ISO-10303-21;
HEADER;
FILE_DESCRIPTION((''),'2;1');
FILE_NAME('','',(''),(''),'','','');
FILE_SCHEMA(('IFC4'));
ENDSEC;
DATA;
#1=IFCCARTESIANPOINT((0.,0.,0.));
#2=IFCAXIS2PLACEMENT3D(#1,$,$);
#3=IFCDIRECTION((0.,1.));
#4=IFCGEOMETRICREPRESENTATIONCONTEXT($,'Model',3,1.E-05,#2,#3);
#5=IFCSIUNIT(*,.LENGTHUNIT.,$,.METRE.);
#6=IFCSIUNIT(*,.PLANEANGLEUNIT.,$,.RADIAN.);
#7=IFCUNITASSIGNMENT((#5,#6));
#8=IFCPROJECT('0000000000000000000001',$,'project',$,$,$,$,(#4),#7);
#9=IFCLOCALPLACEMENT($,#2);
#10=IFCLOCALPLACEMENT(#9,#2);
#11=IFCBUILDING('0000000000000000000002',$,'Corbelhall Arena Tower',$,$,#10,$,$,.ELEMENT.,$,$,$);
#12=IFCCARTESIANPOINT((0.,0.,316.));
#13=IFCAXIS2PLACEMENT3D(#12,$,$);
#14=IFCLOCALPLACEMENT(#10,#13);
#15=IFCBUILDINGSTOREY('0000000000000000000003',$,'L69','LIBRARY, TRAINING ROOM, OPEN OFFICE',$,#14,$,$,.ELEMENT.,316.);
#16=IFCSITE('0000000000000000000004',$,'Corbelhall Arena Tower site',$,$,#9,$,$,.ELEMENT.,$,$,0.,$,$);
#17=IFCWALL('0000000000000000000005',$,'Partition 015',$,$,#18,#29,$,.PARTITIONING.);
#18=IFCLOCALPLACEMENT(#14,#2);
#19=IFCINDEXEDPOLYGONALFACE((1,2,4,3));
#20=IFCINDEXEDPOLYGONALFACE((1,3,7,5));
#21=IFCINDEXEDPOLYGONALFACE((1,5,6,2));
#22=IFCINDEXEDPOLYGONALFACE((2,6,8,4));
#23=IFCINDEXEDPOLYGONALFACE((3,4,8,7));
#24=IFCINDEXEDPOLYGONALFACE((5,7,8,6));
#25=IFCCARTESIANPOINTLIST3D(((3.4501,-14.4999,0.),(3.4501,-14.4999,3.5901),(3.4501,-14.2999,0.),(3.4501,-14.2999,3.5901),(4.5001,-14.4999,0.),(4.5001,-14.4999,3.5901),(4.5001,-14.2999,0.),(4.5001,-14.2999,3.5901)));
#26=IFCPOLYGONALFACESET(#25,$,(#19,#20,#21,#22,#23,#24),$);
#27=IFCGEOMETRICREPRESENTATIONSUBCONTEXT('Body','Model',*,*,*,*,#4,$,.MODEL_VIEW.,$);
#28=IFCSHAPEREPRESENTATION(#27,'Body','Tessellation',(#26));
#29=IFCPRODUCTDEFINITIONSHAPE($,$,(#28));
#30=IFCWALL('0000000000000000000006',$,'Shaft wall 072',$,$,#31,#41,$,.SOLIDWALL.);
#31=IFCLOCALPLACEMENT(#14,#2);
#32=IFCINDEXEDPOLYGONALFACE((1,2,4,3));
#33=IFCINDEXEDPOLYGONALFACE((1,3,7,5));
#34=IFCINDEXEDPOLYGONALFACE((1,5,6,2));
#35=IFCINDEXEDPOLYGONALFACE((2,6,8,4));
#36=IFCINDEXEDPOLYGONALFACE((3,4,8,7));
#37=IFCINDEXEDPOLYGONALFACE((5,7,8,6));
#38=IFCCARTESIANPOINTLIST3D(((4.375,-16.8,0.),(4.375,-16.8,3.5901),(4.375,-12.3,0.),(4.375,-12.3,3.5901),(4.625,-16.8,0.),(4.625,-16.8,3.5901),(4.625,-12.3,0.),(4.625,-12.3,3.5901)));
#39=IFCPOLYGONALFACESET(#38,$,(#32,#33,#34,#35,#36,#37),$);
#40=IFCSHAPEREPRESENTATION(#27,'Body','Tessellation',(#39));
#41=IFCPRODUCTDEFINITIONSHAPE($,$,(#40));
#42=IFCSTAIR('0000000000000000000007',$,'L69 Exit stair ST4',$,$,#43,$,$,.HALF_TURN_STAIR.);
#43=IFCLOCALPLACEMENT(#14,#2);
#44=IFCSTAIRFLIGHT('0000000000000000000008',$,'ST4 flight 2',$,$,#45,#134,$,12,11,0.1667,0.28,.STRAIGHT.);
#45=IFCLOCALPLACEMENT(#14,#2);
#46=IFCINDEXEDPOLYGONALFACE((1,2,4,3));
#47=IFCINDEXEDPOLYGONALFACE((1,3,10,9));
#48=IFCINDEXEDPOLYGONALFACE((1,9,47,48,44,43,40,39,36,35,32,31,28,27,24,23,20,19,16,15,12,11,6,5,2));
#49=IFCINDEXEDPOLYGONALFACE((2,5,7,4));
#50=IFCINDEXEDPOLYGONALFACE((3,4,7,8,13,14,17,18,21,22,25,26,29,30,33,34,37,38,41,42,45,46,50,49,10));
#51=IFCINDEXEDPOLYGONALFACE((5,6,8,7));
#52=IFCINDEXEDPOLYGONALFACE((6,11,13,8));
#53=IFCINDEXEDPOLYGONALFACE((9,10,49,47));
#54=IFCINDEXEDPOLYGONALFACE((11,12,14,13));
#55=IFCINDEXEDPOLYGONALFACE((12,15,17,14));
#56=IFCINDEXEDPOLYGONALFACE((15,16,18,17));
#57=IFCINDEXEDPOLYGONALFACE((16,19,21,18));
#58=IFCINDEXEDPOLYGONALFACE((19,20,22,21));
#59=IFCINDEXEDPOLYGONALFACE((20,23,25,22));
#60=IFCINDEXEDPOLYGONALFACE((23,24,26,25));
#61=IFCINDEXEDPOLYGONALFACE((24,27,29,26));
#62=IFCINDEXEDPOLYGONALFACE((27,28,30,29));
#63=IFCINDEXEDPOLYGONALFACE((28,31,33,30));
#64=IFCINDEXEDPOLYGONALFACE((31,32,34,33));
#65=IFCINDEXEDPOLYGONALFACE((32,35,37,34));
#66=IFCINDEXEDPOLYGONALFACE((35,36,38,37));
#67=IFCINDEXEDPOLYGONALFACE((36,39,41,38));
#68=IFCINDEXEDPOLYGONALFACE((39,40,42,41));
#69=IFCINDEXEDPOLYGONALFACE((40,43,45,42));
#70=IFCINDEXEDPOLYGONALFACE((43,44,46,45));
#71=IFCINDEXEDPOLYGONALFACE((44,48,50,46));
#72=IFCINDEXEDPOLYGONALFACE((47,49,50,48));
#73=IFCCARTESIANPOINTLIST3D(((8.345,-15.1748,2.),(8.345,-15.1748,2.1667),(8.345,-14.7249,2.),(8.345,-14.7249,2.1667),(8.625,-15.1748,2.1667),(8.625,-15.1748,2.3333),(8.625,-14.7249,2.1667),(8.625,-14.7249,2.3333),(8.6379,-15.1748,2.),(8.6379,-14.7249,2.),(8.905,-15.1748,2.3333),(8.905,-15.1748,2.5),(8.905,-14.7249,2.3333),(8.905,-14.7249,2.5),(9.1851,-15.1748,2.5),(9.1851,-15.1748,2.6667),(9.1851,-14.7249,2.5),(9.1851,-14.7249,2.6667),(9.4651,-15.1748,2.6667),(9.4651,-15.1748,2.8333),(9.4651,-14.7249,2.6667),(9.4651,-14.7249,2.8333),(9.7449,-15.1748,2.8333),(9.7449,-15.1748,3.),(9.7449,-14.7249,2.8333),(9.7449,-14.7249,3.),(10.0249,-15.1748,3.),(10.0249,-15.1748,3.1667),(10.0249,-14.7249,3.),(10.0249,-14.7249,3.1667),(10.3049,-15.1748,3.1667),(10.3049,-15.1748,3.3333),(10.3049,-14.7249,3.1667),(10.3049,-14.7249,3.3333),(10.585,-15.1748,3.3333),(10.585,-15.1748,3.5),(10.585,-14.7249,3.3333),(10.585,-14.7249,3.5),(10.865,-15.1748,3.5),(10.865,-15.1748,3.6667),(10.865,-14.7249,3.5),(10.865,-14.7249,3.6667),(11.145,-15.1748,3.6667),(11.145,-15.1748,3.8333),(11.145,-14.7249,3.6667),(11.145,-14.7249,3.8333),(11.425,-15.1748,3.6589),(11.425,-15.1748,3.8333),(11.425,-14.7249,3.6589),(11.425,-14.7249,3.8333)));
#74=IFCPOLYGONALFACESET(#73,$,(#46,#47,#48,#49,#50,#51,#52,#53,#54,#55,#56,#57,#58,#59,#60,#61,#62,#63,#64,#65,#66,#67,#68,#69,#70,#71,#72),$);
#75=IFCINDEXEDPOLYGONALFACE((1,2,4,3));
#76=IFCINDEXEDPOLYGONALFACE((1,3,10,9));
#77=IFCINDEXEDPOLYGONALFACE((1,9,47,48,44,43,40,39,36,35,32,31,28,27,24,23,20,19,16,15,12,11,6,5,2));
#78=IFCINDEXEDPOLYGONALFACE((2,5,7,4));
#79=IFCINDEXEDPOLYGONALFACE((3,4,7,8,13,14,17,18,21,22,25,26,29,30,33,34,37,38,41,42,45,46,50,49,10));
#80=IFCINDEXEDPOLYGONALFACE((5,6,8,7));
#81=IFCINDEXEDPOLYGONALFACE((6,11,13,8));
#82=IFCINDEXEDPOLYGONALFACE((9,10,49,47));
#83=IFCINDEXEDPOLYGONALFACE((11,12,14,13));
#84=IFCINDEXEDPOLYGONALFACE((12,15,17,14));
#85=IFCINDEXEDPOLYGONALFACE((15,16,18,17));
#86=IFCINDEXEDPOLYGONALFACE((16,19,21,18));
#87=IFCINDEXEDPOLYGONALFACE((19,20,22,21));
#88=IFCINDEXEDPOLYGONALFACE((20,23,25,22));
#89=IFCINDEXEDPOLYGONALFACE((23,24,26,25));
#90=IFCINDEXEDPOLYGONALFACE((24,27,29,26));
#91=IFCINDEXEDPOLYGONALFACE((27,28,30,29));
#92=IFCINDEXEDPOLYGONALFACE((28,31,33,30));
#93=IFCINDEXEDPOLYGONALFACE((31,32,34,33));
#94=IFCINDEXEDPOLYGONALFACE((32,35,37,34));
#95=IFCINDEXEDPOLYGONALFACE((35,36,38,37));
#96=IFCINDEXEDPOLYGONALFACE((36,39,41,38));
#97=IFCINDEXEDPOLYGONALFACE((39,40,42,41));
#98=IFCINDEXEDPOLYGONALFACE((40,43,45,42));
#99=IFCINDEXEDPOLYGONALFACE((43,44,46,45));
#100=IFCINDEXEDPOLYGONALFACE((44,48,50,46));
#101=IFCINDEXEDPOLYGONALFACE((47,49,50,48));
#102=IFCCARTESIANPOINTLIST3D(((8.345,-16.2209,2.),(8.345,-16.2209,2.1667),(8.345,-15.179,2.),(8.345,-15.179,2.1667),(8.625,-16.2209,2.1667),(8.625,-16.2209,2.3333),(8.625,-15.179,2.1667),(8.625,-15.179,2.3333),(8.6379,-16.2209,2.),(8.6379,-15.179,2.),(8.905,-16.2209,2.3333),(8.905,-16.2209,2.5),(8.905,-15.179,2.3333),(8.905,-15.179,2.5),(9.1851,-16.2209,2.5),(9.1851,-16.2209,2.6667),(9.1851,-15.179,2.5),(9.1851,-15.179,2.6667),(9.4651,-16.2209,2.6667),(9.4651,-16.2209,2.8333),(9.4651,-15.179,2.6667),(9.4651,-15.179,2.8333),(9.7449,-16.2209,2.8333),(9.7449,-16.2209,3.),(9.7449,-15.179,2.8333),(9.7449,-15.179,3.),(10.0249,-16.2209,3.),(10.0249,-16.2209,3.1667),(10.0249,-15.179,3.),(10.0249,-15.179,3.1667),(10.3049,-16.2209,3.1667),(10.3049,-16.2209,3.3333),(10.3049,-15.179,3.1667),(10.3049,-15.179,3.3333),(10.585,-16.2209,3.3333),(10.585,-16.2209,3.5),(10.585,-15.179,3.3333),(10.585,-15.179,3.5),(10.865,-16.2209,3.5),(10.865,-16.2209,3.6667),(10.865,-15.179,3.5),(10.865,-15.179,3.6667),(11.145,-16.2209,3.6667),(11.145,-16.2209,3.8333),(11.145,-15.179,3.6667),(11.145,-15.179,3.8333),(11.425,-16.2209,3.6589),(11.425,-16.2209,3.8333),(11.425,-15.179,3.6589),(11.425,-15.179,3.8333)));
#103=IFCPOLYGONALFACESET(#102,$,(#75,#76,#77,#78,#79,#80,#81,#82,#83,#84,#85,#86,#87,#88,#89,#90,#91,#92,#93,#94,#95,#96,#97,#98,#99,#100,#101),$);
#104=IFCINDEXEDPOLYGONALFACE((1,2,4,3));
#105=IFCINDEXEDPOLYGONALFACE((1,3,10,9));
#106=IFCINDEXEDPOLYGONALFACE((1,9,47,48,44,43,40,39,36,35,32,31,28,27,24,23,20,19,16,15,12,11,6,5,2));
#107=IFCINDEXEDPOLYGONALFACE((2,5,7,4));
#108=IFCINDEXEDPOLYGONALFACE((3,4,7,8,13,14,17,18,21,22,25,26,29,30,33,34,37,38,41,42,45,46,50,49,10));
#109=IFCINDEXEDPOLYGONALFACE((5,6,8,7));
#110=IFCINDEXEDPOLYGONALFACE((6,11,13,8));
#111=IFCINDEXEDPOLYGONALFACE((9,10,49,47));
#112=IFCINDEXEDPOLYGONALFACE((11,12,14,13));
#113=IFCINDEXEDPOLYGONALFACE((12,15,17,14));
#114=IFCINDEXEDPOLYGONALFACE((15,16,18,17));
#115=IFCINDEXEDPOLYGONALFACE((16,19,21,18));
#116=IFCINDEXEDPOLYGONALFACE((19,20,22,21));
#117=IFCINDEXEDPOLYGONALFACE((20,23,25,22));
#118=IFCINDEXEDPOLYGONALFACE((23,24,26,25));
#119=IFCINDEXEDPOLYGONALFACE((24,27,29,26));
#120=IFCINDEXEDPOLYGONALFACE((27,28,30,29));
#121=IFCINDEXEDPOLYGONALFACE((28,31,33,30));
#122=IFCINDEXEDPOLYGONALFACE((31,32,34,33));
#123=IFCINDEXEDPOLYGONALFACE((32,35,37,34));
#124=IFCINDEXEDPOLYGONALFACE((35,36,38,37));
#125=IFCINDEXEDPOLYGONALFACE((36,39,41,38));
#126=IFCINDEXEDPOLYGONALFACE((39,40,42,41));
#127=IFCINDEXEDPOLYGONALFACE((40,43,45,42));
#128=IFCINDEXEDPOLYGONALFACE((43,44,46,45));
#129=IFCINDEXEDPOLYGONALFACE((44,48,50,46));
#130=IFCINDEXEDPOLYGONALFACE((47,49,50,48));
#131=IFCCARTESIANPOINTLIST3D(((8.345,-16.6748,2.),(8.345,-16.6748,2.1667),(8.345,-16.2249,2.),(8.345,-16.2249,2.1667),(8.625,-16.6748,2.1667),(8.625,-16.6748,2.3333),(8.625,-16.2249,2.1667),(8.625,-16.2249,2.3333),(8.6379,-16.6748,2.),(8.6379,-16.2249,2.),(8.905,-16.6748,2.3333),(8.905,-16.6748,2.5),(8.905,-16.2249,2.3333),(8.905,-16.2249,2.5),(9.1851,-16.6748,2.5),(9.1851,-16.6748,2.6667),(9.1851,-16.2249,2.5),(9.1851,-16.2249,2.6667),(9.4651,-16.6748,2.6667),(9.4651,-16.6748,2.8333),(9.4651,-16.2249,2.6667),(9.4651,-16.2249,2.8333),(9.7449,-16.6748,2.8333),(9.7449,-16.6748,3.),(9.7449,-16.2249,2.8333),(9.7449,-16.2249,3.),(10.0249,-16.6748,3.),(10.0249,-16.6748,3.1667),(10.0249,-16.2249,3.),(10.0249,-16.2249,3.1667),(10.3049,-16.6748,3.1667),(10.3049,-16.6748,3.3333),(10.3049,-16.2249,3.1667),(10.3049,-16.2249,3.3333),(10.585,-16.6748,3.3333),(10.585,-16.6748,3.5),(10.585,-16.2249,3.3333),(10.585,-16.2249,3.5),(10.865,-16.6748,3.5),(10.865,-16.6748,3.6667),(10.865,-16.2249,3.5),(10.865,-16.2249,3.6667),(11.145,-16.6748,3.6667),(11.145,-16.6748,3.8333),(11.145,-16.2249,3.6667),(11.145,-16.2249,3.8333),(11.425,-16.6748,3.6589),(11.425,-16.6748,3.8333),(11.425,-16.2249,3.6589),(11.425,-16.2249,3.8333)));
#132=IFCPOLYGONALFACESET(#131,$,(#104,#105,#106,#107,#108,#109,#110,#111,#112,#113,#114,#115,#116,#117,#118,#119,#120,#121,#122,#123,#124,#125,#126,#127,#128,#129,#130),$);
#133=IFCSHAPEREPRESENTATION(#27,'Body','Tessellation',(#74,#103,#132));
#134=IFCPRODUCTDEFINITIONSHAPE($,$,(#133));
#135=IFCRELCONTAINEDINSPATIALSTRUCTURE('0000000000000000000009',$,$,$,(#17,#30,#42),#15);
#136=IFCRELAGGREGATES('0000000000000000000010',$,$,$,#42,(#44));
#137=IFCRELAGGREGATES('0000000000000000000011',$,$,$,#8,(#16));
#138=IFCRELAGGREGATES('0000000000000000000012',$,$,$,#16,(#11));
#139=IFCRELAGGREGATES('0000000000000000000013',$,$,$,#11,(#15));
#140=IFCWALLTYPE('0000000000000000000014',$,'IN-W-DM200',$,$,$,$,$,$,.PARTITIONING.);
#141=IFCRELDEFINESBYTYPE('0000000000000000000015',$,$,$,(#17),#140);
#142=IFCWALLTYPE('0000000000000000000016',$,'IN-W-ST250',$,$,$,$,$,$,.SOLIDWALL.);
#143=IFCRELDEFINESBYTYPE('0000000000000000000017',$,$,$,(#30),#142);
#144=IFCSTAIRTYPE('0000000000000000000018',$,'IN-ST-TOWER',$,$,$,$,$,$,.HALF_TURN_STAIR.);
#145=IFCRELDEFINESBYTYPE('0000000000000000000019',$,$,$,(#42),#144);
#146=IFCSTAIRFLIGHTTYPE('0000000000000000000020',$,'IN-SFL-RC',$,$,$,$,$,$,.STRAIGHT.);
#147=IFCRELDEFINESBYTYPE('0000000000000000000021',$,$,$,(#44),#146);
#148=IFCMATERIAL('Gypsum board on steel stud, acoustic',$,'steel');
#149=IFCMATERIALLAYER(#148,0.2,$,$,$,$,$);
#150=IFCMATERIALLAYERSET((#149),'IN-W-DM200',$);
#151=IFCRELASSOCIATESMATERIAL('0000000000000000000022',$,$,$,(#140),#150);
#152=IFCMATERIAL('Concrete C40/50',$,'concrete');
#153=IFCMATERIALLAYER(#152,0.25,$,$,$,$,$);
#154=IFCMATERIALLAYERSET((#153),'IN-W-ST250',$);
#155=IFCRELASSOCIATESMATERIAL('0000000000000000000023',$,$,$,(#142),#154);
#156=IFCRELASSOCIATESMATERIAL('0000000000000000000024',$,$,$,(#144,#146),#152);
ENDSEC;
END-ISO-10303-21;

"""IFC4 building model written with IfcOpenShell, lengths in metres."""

from ifc_helpers import new_model, si_unit, direction, frame, frame_2d, origin, place, context, subcontext, project, spatial, polyline, rectangle, outline, extrude, material, layer, layer_set, type_object, element, aggregate, save


model = new_model("IFC4")

# Units and contexts
model_context = context("Model", 3, precision=1e-05, world=origin(), true_north=direction((0.0, 1.0)))
body_context = subcontext(model_context, "Body", "Model", "MODEL_VIEW")
ifc_project = project(units=[si_unit("LENGTHUNIT", "METRE"), si_unit("PLANEANGLEUNIT", "RADIAN")], contexts=[model_context])

# Site, building, storey
site_placement = place(None, origin())
site = spatial("IfcSite", under=ifc_project, at=site_placement, Name="Corbelhall Arena Tower site", CompositionType="ELEMENT", RefElevation=0.0)
building_placement = place(site_placement, origin())
building = spatial("IfcBuilding", under=site, at=building_placement, Name="Corbelhall Arena Tower", CompositionType="ELEMENT")
storey_placement = place(building_placement, frame((0.0, 0.0, 316.0)))
storey = spatial("IfcBuildingStorey", under=building, at=storey_placement, Name="L69", Description="LIBRARY, TRAINING ROOM, OPEN OFFICE", CompositionType="ELEMENT", Elevation=316.0)

# Walls
ifc_material_1 = material(Name="Gypsum board on steel stud, acoustic", Category="steel")
ifc_layer_1 = layer(ifc_material_1, 0.2)
ifc_layer_set_1 = layer_set([ifc_layer_1], Name="IN-W-DM200")
wall_type_1 = type_object("IfcWallType", Name="IN-W-DM200", PredefinedType="PARTITIONING", material=ifc_layer_set_1)
wall_1_placement = place(storey_placement, frame((4.5, -14.3999, 0.0), z_axis=(0.0, 0.0, 1.0), x_axis=(-1.0, 0.0, 0.0)))
element("IfcWall", 1, at=wall_1_placement, inside=storey, type_object=wall_type_1, Name="Partition 015", PredefinedType="PARTITIONING", context=body_context, shape_type="SweptSolid", body=[
    extrude(rectangle(XDim=1.05, YDim=0.2, at=frame_2d((0.5249, 0.0))), origin(), (0.0, 0.0, 1.0), 3.5901),
])
ifc_material_2 = material(Name="Concrete C40/50", Category="concrete")
ifc_layer_2 = layer(ifc_material_2, 0.25)
ifc_layer_set_2 = layer_set([ifc_layer_2], Name="IN-W-ST250")
wall_type_2 = type_object("IfcWallType", Name="IN-W-ST250", PredefinedType="SOLIDWALL", material=ifc_layer_set_2)
wall_2_placement = place(storey_placement, frame((4.5, -16.8, 0.0), z_axis=(0.0, 0.0, 1.0), x_axis=(0.0, 1.0, 0.0)))
element("IfcWall", 2, at=wall_2_placement, inside=storey, type_object=wall_type_2, Name="Shaft wall 072", PredefinedType="SOLIDWALL", context=body_context, shape_type="SweptSolid", body=[
    extrude(rectangle(XDim=4.5, YDim=0.25, at=frame_2d((2.25, 0.0))), origin(), (0.0, 0.0, 1.0), 3.5901),
])

# Stair, stair flight
stair_type = type_object("IfcStairType", Name="IN-ST-TOWER", PredefinedType="HALF_TURN_STAIR", material=ifc_material_2)
stair_placement = place(storey_placement, origin())
stair = element("IfcStair", 3, at=stair_placement, inside=storey, type_object=stair_type, Name="L69 Exit stair ST4", PredefinedType="HALF_TURN_STAIR")
stair_flight_type = type_object("IfcStairFlightType", Name="IN-SFL-RC", PredefinedType="STRAIGHT", material=ifc_material_2)
stair_flight_placement = place(storey_placement, frame((8.345, -15.7, 2.0), z_axis=(0.0, 0.0, 1.0), x_axis=(1.0, 0.0, 0.0)))
stair_flight = element("IfcStairFlight", 4, at=stair_flight_placement, type_object=stair_flight_type, Name="ST4 flight 2", NumberOfRisers=12, NumberOfTreads=11, PredefinedType="STRAIGHT", RiserHeight=0.1667, TreadLength=0.28, context=body_context, shape_type="SweptSolid", body=[
    extrude(outline(polyline([(0.0, 0.0), (0.0, 0.1667), (0.28, 0.1667), (0.28, 0.3333), (0.5601, 0.3333), (0.5601, 0.5), (0.8401, 0.5), (0.8401, 0.6667), (1.1201, 0.6667), (1.1201, 0.8333), (1.3999, 0.8333), (1.3999, 1.0), (1.6799, 1.0), (1.6799, 1.1667), (1.96, 1.1667), (1.96, 1.3333), (2.24, 1.3333), (2.24, 1.5), (2.52, 1.5), (2.52, 1.6667), (2.8, 1.6667), (2.8, 1.8333), (3.0801, 1.8333), (3.0801, 2.0), (3.0801, 1.6589), (0.293, 0.0), (0.0, 0.0)])), frame((0.0, 0.9751, 0.0), z_axis=(0.0, -1.0, 0.0), x_axis=(1.0, 0.0, 0.0)), (0.0, 0.0, 1.0), 0.45),
    extrude(outline(polyline([(0.0, 0.0), (0.0, 0.1667), (0.28, 0.1667), (0.28, 0.3333), (0.5601, 0.3333), (0.5601, 0.5), (0.8401, 0.5), (0.8401, 0.6667), (1.1201, 0.6667), (1.1201, 0.8333), (1.3999, 0.8333), (1.3999, 1.0), (1.6799, 1.0), (1.6799, 1.1667), (1.96, 1.1667), (1.96, 1.3333), (2.24, 1.3333), (2.24, 1.5), (2.52, 1.5), (2.52, 1.6667), (2.8, 1.6667), (2.8, 1.8333), (3.0801, 1.8333), (3.0801, 2.0), (3.0801, 1.6589), (0.293, 0.0), (0.0, 0.0)])), frame((0.0, 0.521, 0.0), z_axis=(0.0, -1.0, 0.0), x_axis=(1.0, 0.0, 0.0)), (0.0, 0.0, 1.0), 1.042),
    extrude(outline(polyline([(0.0, 0.0), (0.0, 0.1667), (0.28, 0.1667), (0.28, 0.3333), (0.5601, 0.3333), (0.5601, 0.5), (0.8401, 0.5), (0.8401, 0.6667), (1.1201, 0.6667), (1.1201, 0.8333), (1.3999, 0.8333), (1.3999, 1.0), (1.6799, 1.0), (1.6799, 1.1667), (1.96, 1.1667), (1.96, 1.3333), (2.24, 1.3333), (2.24, 1.5), (2.52, 1.5), (2.52, 1.6667), (2.8, 1.6667), (2.8, 1.8333), (3.0801, 1.8333), (3.0801, 2.0), (3.0801, 1.6589), (0.293, 0.0), (0.0, 0.0)])), frame((0.0, -0.5249, 0.0), z_axis=(0.0, -1.0, 0.0), x_axis=(1.0, 0.0, 0.0)), (0.0, 0.0, 1.0), 0.45),
])
aggregate(stair, [stair_flight])

save(model, "model.ifc")
